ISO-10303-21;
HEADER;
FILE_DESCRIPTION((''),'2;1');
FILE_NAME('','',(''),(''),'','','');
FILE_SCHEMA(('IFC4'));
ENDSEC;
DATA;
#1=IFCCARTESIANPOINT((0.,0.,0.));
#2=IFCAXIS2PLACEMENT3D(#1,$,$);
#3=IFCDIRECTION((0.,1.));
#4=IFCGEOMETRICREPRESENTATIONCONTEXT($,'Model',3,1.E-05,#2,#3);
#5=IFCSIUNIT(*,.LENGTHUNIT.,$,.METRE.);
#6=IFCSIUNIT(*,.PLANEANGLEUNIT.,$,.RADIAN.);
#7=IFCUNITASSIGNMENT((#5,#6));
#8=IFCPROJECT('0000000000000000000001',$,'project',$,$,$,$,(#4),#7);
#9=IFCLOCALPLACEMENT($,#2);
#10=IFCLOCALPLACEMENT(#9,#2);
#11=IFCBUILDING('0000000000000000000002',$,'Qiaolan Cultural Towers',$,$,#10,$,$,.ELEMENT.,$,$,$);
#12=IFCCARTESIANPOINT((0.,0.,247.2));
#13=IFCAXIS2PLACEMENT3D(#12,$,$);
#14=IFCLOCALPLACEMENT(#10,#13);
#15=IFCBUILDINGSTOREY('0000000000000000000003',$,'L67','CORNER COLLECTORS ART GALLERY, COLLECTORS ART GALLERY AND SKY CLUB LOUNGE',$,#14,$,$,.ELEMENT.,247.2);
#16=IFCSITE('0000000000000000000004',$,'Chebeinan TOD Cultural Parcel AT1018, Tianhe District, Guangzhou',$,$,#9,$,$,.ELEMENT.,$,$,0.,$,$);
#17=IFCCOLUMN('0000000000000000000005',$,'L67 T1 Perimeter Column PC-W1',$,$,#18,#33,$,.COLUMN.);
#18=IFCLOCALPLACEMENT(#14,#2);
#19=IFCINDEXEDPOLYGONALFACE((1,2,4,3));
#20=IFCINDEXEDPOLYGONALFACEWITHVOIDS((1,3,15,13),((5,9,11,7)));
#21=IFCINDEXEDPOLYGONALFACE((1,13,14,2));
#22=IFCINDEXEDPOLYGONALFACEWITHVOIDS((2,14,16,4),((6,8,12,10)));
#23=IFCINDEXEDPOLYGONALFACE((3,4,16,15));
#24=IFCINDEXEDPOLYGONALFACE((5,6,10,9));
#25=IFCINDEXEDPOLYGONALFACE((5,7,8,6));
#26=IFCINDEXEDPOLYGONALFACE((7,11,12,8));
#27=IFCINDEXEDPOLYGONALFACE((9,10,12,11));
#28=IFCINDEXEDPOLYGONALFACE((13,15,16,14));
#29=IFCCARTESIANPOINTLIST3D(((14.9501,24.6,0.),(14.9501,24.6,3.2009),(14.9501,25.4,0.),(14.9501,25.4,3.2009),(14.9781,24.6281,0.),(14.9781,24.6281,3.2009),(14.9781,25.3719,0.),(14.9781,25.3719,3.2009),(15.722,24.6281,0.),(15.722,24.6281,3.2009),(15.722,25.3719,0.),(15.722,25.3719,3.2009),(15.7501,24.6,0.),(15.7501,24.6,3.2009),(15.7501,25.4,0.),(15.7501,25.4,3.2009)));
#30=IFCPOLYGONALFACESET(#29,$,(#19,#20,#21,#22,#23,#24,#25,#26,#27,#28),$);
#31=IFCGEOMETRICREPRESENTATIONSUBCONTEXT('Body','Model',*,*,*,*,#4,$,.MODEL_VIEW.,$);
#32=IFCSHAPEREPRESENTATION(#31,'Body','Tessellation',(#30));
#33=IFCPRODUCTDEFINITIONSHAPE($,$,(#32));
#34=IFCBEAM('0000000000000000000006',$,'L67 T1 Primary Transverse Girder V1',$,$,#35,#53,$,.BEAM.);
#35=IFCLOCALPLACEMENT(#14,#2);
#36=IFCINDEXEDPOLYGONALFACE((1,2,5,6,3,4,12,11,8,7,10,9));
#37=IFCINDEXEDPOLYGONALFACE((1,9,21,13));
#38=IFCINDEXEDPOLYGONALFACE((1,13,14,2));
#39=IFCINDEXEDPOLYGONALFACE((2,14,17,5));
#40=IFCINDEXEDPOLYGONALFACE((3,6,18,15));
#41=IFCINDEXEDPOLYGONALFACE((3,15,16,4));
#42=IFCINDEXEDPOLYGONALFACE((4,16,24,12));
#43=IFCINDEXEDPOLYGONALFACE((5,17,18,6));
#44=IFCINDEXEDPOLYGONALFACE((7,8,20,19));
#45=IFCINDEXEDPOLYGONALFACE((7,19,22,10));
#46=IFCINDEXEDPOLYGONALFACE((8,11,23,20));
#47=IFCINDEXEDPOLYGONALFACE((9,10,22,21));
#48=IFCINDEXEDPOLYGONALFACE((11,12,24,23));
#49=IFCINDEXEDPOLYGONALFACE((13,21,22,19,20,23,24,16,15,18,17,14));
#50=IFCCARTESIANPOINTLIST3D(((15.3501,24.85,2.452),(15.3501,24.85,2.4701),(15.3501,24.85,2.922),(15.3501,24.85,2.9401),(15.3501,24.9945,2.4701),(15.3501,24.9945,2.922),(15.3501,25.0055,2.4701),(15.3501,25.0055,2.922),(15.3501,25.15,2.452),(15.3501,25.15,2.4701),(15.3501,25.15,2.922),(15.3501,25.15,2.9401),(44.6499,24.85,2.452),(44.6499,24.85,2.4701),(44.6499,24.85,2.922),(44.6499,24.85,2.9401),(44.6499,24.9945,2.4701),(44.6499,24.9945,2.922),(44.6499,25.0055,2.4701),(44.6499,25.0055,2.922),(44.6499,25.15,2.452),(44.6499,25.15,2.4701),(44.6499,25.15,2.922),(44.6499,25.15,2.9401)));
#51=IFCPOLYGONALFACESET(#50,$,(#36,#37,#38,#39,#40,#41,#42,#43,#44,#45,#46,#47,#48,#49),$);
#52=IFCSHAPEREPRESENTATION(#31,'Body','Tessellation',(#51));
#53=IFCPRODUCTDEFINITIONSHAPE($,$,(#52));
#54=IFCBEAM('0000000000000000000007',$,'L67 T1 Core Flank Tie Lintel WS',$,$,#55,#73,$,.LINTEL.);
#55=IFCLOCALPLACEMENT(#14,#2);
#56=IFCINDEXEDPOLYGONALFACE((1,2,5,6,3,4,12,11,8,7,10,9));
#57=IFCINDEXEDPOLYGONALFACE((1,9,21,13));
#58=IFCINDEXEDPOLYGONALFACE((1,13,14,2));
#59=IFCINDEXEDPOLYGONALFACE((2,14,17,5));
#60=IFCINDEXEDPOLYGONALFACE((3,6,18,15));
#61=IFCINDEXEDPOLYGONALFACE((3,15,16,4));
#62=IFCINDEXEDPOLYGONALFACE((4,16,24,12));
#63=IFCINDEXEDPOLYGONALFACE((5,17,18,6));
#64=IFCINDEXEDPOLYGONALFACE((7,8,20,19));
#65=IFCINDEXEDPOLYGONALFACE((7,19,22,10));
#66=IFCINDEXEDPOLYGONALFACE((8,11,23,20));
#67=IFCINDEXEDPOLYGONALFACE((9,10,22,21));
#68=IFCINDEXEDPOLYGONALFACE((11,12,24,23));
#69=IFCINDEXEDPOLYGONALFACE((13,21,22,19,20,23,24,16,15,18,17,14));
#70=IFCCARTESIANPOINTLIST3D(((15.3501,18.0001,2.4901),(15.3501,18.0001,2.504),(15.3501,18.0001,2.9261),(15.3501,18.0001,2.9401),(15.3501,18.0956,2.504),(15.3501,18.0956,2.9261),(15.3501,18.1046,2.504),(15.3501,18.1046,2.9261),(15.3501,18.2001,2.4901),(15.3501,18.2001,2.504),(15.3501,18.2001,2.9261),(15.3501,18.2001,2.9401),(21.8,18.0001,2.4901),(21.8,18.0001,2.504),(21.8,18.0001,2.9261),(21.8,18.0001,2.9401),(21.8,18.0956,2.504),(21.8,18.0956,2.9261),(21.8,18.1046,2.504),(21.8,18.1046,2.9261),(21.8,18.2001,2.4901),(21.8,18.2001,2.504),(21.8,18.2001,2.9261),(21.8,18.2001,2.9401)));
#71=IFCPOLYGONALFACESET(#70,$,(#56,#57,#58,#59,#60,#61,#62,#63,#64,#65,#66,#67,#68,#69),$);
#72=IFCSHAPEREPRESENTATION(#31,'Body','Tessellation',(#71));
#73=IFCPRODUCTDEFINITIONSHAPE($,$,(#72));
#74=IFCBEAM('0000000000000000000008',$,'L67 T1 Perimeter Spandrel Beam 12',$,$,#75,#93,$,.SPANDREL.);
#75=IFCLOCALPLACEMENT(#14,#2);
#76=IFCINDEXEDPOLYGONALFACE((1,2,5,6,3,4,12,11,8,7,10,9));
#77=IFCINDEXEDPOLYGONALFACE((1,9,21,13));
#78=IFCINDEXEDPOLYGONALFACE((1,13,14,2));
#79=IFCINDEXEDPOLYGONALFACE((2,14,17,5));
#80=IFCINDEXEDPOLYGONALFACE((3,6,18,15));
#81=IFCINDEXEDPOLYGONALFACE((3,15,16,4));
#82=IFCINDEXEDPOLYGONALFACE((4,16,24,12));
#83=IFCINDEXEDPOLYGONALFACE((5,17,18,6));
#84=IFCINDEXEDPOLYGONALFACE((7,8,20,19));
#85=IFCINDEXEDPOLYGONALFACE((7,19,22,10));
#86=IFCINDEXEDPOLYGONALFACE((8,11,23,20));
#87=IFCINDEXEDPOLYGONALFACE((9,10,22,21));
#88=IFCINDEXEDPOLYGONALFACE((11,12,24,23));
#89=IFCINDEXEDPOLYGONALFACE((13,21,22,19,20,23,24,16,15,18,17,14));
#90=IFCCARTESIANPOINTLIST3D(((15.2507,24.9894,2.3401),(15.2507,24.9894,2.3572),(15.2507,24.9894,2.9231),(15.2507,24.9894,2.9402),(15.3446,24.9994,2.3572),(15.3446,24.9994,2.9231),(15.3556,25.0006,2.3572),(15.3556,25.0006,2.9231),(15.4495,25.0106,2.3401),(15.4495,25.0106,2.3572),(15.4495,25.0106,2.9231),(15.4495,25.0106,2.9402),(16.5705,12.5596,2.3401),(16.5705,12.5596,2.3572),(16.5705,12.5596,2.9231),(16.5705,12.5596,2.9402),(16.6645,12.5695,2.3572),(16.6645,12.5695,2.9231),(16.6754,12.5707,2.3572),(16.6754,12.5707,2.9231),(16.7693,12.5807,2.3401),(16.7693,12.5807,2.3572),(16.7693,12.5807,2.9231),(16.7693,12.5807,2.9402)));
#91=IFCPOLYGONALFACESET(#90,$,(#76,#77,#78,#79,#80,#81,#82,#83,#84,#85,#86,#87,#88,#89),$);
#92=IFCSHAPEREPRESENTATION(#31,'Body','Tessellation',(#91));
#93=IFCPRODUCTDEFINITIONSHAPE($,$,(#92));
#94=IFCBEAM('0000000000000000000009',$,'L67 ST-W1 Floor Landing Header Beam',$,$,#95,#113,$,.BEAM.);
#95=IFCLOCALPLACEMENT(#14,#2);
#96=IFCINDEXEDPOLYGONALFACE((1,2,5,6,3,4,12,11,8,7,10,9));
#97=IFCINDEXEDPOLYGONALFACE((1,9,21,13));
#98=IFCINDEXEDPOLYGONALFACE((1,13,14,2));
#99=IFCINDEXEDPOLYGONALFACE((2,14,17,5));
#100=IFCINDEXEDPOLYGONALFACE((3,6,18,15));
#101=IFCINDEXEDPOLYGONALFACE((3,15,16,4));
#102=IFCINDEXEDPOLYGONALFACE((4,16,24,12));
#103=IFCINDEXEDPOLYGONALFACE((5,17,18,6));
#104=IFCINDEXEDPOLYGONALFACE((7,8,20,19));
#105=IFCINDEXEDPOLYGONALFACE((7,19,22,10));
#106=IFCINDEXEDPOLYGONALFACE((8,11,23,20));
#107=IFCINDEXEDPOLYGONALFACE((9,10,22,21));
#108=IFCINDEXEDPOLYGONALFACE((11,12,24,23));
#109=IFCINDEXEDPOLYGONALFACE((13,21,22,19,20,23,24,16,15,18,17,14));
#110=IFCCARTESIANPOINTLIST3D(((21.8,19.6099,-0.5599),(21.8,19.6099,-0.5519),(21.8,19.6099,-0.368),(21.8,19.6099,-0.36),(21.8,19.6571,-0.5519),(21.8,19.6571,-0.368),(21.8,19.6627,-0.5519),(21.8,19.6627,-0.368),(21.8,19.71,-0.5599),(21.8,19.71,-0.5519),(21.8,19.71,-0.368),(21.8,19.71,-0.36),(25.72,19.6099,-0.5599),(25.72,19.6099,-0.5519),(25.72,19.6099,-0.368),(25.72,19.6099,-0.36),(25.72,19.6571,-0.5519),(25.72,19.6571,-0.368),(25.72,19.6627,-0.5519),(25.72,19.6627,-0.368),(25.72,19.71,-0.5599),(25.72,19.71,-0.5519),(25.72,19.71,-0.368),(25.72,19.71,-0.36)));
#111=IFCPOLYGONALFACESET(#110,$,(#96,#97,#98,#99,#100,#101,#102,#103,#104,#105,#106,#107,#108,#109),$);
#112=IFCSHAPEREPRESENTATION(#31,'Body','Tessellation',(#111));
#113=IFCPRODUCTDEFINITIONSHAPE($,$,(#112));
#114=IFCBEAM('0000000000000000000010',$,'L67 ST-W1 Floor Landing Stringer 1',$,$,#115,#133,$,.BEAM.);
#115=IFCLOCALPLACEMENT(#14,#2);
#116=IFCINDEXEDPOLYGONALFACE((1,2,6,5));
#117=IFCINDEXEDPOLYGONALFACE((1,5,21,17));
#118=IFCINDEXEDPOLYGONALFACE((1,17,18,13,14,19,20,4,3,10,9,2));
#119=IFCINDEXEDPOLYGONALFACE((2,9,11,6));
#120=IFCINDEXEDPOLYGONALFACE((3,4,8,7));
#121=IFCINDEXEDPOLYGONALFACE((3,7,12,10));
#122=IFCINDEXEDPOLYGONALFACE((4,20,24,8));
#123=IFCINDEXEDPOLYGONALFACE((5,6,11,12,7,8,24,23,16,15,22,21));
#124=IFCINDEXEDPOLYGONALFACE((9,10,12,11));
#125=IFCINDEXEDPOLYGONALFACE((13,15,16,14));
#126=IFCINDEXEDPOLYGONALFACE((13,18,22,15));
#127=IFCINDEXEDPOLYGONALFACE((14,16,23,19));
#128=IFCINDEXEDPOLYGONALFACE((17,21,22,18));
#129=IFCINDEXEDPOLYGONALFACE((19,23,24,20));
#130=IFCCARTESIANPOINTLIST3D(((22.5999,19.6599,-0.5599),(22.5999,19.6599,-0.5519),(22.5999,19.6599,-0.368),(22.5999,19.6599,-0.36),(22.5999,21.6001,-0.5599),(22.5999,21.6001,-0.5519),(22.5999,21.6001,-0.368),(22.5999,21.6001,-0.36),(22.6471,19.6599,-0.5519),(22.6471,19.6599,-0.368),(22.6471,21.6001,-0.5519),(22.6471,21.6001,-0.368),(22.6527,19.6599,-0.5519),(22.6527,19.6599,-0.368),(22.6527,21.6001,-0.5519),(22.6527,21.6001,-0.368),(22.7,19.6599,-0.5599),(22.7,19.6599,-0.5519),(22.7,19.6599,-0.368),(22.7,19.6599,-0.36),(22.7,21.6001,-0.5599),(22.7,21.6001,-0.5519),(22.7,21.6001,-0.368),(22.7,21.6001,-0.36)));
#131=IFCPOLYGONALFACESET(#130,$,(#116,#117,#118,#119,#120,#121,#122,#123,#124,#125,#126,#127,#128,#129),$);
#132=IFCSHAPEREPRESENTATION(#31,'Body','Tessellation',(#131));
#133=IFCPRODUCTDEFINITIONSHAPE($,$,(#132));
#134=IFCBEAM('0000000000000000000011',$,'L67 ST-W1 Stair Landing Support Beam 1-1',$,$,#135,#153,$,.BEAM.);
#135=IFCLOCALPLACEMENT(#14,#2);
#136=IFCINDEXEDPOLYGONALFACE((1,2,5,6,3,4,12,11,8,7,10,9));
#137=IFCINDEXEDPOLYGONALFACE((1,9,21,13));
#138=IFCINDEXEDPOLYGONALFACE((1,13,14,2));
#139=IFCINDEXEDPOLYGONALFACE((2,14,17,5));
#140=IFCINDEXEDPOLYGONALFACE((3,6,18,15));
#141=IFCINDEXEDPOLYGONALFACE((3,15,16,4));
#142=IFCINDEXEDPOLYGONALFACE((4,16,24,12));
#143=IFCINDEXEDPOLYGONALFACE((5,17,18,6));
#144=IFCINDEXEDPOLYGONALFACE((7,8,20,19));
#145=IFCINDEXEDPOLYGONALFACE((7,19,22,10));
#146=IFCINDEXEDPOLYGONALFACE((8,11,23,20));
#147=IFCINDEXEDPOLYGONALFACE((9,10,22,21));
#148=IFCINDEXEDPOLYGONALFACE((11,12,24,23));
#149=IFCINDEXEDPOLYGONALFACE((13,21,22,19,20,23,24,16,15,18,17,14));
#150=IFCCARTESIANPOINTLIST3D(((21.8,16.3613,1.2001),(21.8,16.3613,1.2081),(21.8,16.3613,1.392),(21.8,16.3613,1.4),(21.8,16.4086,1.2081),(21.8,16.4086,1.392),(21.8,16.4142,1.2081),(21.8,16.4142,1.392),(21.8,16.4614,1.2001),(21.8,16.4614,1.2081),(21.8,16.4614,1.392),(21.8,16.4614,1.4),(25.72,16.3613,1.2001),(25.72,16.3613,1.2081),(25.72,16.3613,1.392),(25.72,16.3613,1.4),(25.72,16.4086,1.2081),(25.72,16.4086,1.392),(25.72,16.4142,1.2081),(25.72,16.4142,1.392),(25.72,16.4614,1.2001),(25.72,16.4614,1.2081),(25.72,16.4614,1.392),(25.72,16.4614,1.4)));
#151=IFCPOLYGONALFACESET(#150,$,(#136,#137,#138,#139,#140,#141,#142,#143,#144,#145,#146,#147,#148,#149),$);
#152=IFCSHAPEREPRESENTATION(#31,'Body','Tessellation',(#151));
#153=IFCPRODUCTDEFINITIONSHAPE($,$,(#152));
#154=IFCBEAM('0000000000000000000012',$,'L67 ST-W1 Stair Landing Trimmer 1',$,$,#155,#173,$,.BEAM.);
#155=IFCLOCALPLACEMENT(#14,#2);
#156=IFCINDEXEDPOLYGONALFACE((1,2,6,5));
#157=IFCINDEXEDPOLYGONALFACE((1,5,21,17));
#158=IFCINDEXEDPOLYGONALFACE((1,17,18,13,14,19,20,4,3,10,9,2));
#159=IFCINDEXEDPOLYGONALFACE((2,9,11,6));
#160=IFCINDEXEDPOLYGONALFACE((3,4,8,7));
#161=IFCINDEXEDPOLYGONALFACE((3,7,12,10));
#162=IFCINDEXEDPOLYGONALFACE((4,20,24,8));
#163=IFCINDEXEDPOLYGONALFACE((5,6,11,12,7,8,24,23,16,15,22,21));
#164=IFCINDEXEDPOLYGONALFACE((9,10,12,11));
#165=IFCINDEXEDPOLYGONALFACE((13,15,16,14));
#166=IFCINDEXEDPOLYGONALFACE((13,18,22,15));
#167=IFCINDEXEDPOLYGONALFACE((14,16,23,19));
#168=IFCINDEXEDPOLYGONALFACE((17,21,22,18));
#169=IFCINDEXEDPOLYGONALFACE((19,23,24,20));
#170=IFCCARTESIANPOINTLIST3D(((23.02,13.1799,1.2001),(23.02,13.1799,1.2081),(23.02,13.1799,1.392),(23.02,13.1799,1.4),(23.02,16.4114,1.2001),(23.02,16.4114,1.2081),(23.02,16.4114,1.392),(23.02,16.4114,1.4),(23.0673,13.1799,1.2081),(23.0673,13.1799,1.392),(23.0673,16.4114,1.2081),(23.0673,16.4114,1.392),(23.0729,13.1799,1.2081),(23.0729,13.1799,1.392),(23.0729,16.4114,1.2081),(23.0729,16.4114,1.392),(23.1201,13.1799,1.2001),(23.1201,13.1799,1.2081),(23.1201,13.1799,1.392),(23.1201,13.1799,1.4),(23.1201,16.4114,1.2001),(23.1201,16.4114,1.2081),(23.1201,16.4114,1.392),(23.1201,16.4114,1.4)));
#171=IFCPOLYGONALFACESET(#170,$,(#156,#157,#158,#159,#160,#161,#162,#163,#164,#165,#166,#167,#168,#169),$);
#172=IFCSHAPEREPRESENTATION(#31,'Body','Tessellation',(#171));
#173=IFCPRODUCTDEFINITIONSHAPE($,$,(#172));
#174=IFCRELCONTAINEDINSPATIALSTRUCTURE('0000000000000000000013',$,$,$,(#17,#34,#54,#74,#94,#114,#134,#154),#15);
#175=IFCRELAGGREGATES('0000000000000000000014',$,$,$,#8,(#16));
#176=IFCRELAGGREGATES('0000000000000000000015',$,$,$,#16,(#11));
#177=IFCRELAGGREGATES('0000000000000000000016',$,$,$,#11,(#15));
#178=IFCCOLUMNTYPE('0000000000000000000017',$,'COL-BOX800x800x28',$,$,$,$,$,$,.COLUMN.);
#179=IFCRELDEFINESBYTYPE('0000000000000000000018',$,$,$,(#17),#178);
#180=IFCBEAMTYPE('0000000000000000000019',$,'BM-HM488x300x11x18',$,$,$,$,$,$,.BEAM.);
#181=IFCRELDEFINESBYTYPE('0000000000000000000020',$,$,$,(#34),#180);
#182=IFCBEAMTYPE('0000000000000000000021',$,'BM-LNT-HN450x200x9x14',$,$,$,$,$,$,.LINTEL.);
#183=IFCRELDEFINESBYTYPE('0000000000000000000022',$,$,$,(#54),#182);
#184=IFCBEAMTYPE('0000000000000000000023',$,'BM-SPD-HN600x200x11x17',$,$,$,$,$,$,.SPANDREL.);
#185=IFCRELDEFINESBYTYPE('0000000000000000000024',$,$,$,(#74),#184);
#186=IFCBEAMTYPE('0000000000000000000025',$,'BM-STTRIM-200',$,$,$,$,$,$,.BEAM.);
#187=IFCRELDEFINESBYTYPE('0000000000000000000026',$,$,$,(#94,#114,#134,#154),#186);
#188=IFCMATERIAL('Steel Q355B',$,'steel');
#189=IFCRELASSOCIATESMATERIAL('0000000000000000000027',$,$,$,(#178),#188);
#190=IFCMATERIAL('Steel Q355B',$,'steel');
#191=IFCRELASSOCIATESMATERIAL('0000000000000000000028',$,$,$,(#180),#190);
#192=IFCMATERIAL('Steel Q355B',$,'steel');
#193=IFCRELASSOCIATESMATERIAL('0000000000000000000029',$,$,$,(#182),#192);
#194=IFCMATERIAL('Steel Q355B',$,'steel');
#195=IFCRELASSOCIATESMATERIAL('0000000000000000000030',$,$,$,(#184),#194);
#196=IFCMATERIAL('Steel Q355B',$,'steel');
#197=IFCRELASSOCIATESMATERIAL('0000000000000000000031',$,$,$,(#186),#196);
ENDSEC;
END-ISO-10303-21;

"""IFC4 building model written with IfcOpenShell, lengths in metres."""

from ifc_helpers import new_model, si_unit, direction, frame, origin, origin_2d, place, context, subcontext, project, spatial, hollow_rectangle, i_section, extrude, material, material_profile, profile_set, type_object, element, save


model = new_model("IFC4")

# Units and contexts
model_context = context("Model", 3, precision=1e-05, world=origin(), true_north=direction((0.0, 1.0)))
body_context = subcontext(model_context, "Body", "Model", "MODEL_VIEW")
ifc_project = project(units=[si_unit("LENGTHUNIT", "METRE"), si_unit("PLANEANGLEUNIT", "RADIAN")], contexts=[model_context])

# Site, building, storey
site_placement = place(None, origin())
site = spatial("IfcSite", under=ifc_project, at=site_placement, Name="Chebeinan TOD Cultural Parcel AT1018, Tianhe District, Guangzhou", CompositionType="ELEMENT", RefElevation=0.0)
building_placement = place(site_placement, origin())
building = spatial("IfcBuilding", under=site, at=building_placement, Name="Qiaolan Cultural Towers", CompositionType="ELEMENT")
storey_placement = place(building_placement, frame((0.0, 0.0, 247.2)))
storey = spatial("IfcBuildingStorey", under=building, at=storey_placement, Name="L67", Description="CORNER COLLECTORS ART GALLERY, COLLECTORS ART GALLERY AND SKY CLUB LOUNGE", CompositionType="ELEMENT", Elevation=247.2)

# Column
ifc_material_1 = material(Name="Steel Q355B", Category="steel")
ifc_material_profile_1 = material_profile(ifc_material_1, hollow_rectangle(XDim=0.8, YDim=0.8, WallThickness=0.0281, at=origin_2d()), Name="BOX800x800x28")
ifc_profile_set_1 = profile_set([ifc_material_profile_1], Name="Steel Q355B")
column_type = type_object("IfcColumnType", Name="COL-BOX800x800x28", PredefinedType="COLUMN", material=ifc_profile_set_1)
column_placement = place(storey_placement, frame((15.3501, 25.0, 0.0), z_axis=(0.0, 0.0, 1.0), x_axis=(1.0, 0.0, 0.0)))
element("IfcColumn", 1, at=column_placement, inside=storey, type_object=column_type, Name="L67 T1 Perimeter Column PC-W1", PredefinedType="COLUMN", context=body_context, shape_type="SweptSolid", body=[
    extrude(hollow_rectangle(XDim=0.8, YDim=0.8, WallThickness=0.0281, at=origin_2d()), origin(), (0.0, 0.0, 1.0), 3.2009),
])

# Beams
ifc_material_2 = material(Name="Steel Q355B", Category="steel")
ifc_material_profile_2 = material_profile(ifc_material_2, i_section(OverallWidth=0.3, OverallDepth=0.488, WebThickness=0.011, FlangeThickness=0.0181, at=origin_2d()), Name="HM488x300x11x18")
ifc_profile_set_2 = profile_set([ifc_material_profile_2], Name="Steel Q355B")
beam_type_1 = type_object("IfcBeamType", Name="BM-HM488x300x11x18", PredefinedType="BEAM", material=ifc_profile_set_2)
beam_1_placement = place(storey_placement, frame((15.3501, 25.0, 2.696), z_axis=(1.0, 0.0, 0.0), x_axis=(0.0, 1.0, 0.0)))
element("IfcBeam", 2, at=beam_1_placement, inside=storey, type_object=beam_type_1, Name="L67 T1 Primary Transverse Girder V1", PredefinedType="BEAM", context=body_context, shape_type="SweptSolid", body=[
    extrude(i_section(OverallWidth=0.3, OverallDepth=0.488, WebThickness=0.011, FlangeThickness=0.0181, at=origin_2d()), origin(), (0.0, 0.0, 1.0), 29.2998),
])
ifc_material_3 = material(Name="Steel Q355B", Category="steel")
ifc_material_profile_3 = material_profile(ifc_material_3, i_section(OverallWidth=0.2, OverallDepth=0.45, WebThickness=0.009, FlangeThickness=0.0139, at=origin_2d()), Name="HN450x200x9x14")
ifc_profile_set_3 = profile_set([ifc_material_profile_3], Name="Steel Q355B")
beam_type_2 = type_object("IfcBeamType", Name="BM-LNT-HN450x200x9x14", PredefinedType="LINTEL", material=ifc_profile_set_3)
beam_2_placement = place(storey_placement, frame((21.8, 18.1001, 2.7151), z_axis=(-1.0, 0.0, 0.0), x_axis=(0.0, -1.0, 0.0)))
element("IfcBeam", 3, at=beam_2_placement, inside=storey, type_object=beam_type_2, Name="L67 T1 Core Flank Tie Lintel WS", PredefinedType="LINTEL", context=body_context, shape_type="SweptSolid", body=[
    extrude(i_section(OverallWidth=0.2, OverallDepth=0.45, WebThickness=0.009, FlangeThickness=0.0139, at=origin_2d()), origin(), (0.0, 0.0, 1.0), 6.45),
])
ifc_material_4 = material(Name="Steel Q355B", Category="steel")
ifc_material_profile_4 = material_profile(ifc_material_4, i_section(OverallWidth=0.2, OverallDepth=0.6001, WebThickness=0.011, FlangeThickness=0.0171, at=origin_2d()), Name="HN600x200x11x17")
ifc_profile_set_4 = profile_set([ifc_material_profile_4], Name="Steel Q355B")
beam_type_3 = type_object("IfcBeamType", Name="BM-SPD-HN600x200x11x17", PredefinedType="SPANDREL", material=ifc_profile_set_4)
beam_3_placement = place(storey_placement, frame((15.3501, 25.0, 2.6401), z_axis=(0.105588, -0.99441, 0.0), x_axis=(0.99441, 0.105588, 0.0)))
element("IfcBeam", 4, at=beam_3_placement, inside=storey, type_object=beam_type_3, Name="L67 T1 Perimeter Spandrel Beam 12", PredefinedType="SPANDREL", context=body_context, shape_type="SweptSolid", body=[
    extrude(i_section(OverallWidth=0.2, OverallDepth=0.6001, WebThickness=0.011, FlangeThickness=0.0171, at=origin_2d()), origin(), (0.0, 0.0, 1.0), 12.4998),
])
ifc_material_5 = material(Name="Steel Q355B", Category="steel")
ifc_material_profile_5 = material_profile(ifc_material_5, i_section(OverallWidth=0.1001, OverallDepth=0.2, WebThickness=0.0056, FlangeThickness=0.0081, at=origin_2d()), Name="HN200x100x5.5x8")
ifc_profile_set_5 = profile_set([ifc_material_profile_5], Name="Steel Q355B")
beam_type_4 = type_object("IfcBeamType", Name="BM-STTRIM-200", PredefinedType="BEAM", material=ifc_profile_set_5)
beam_4_placement = place(storey_placement, frame((21.8, 19.6599, -0.46), z_axis=(1.0, 0.0, 0.0), x_axis=(0.0, 1.0, 0.0)))
element("IfcBeam", 5, at=beam_4_placement, inside=storey, type_object=beam_type_4, Name="L67 ST-W1 Floor Landing Header Beam", PredefinedType="BEAM", context=body_context, shape_type="SweptSolid", body=[
    extrude(i_section(OverallWidth=0.1001, OverallDepth=0.2, WebThickness=0.0056, FlangeThickness=0.0081, at=origin_2d()), origin(), (0.0, 0.0, 1.0), 3.9199),
])
beam_5_placement = place(storey_placement, frame((22.6499, 21.6001, -0.46), z_axis=(0.0, -1.0, 0.0), x_axis=(1.0, 0.0, 0.0)))
element("IfcBeam", 6, at=beam_5_placement, inside=storey, type_object=beam_type_4, Name="L67 ST-W1 Floor Landing Stringer 1", PredefinedType="BEAM", context=body_context, shape_type="SweptSolid", body=[
    extrude(i_section(OverallWidth=0.1001, OverallDepth=0.2, WebThickness=0.0056, FlangeThickness=0.0081, at=origin_2d()), origin(), (0.0, 0.0, 1.0), 1.9402),
])
beam_6_placement = place(storey_placement, frame((21.8, 16.4114, 1.3), z_axis=(1.0, 0.0, 0.0), x_axis=(0.0, 1.0, 0.0)))
element("IfcBeam", 7, at=beam_6_placement, inside=storey, type_object=beam_type_4, Name="L67 ST-W1 Stair Landing Support Beam 1-1", PredefinedType="BEAM", context=body_context, shape_type="SweptSolid", body=[
    extrude(i_section(OverallWidth=0.1001, OverallDepth=0.2, WebThickness=0.0056, FlangeThickness=0.0081, at=origin_2d()), origin(), (0.0, 0.0, 1.0), 3.9199),
])
beam_7_placement = place(storey_placement, frame((23.0701, 16.4114, 1.3), z_axis=(0.0, -1.0, 0.0), x_axis=(1.0, 0.0, 0.0)))
element("IfcBeam", 8, at=beam_7_placement, inside=storey, type_object=beam_type_4, Name="L67 ST-W1 Stair Landing Trimmer 1", PredefinedType="BEAM", context=body_context, shape_type="SweptSolid", body=[
    extrude(i_section(OverallWidth=0.1001, OverallDepth=0.2, WebThickness=0.0056, FlangeThickness=0.0081, at=origin_2d()), origin(), (0.0, 0.0, 1.0), 3.2314),
])

save(model, "model.ifc")
